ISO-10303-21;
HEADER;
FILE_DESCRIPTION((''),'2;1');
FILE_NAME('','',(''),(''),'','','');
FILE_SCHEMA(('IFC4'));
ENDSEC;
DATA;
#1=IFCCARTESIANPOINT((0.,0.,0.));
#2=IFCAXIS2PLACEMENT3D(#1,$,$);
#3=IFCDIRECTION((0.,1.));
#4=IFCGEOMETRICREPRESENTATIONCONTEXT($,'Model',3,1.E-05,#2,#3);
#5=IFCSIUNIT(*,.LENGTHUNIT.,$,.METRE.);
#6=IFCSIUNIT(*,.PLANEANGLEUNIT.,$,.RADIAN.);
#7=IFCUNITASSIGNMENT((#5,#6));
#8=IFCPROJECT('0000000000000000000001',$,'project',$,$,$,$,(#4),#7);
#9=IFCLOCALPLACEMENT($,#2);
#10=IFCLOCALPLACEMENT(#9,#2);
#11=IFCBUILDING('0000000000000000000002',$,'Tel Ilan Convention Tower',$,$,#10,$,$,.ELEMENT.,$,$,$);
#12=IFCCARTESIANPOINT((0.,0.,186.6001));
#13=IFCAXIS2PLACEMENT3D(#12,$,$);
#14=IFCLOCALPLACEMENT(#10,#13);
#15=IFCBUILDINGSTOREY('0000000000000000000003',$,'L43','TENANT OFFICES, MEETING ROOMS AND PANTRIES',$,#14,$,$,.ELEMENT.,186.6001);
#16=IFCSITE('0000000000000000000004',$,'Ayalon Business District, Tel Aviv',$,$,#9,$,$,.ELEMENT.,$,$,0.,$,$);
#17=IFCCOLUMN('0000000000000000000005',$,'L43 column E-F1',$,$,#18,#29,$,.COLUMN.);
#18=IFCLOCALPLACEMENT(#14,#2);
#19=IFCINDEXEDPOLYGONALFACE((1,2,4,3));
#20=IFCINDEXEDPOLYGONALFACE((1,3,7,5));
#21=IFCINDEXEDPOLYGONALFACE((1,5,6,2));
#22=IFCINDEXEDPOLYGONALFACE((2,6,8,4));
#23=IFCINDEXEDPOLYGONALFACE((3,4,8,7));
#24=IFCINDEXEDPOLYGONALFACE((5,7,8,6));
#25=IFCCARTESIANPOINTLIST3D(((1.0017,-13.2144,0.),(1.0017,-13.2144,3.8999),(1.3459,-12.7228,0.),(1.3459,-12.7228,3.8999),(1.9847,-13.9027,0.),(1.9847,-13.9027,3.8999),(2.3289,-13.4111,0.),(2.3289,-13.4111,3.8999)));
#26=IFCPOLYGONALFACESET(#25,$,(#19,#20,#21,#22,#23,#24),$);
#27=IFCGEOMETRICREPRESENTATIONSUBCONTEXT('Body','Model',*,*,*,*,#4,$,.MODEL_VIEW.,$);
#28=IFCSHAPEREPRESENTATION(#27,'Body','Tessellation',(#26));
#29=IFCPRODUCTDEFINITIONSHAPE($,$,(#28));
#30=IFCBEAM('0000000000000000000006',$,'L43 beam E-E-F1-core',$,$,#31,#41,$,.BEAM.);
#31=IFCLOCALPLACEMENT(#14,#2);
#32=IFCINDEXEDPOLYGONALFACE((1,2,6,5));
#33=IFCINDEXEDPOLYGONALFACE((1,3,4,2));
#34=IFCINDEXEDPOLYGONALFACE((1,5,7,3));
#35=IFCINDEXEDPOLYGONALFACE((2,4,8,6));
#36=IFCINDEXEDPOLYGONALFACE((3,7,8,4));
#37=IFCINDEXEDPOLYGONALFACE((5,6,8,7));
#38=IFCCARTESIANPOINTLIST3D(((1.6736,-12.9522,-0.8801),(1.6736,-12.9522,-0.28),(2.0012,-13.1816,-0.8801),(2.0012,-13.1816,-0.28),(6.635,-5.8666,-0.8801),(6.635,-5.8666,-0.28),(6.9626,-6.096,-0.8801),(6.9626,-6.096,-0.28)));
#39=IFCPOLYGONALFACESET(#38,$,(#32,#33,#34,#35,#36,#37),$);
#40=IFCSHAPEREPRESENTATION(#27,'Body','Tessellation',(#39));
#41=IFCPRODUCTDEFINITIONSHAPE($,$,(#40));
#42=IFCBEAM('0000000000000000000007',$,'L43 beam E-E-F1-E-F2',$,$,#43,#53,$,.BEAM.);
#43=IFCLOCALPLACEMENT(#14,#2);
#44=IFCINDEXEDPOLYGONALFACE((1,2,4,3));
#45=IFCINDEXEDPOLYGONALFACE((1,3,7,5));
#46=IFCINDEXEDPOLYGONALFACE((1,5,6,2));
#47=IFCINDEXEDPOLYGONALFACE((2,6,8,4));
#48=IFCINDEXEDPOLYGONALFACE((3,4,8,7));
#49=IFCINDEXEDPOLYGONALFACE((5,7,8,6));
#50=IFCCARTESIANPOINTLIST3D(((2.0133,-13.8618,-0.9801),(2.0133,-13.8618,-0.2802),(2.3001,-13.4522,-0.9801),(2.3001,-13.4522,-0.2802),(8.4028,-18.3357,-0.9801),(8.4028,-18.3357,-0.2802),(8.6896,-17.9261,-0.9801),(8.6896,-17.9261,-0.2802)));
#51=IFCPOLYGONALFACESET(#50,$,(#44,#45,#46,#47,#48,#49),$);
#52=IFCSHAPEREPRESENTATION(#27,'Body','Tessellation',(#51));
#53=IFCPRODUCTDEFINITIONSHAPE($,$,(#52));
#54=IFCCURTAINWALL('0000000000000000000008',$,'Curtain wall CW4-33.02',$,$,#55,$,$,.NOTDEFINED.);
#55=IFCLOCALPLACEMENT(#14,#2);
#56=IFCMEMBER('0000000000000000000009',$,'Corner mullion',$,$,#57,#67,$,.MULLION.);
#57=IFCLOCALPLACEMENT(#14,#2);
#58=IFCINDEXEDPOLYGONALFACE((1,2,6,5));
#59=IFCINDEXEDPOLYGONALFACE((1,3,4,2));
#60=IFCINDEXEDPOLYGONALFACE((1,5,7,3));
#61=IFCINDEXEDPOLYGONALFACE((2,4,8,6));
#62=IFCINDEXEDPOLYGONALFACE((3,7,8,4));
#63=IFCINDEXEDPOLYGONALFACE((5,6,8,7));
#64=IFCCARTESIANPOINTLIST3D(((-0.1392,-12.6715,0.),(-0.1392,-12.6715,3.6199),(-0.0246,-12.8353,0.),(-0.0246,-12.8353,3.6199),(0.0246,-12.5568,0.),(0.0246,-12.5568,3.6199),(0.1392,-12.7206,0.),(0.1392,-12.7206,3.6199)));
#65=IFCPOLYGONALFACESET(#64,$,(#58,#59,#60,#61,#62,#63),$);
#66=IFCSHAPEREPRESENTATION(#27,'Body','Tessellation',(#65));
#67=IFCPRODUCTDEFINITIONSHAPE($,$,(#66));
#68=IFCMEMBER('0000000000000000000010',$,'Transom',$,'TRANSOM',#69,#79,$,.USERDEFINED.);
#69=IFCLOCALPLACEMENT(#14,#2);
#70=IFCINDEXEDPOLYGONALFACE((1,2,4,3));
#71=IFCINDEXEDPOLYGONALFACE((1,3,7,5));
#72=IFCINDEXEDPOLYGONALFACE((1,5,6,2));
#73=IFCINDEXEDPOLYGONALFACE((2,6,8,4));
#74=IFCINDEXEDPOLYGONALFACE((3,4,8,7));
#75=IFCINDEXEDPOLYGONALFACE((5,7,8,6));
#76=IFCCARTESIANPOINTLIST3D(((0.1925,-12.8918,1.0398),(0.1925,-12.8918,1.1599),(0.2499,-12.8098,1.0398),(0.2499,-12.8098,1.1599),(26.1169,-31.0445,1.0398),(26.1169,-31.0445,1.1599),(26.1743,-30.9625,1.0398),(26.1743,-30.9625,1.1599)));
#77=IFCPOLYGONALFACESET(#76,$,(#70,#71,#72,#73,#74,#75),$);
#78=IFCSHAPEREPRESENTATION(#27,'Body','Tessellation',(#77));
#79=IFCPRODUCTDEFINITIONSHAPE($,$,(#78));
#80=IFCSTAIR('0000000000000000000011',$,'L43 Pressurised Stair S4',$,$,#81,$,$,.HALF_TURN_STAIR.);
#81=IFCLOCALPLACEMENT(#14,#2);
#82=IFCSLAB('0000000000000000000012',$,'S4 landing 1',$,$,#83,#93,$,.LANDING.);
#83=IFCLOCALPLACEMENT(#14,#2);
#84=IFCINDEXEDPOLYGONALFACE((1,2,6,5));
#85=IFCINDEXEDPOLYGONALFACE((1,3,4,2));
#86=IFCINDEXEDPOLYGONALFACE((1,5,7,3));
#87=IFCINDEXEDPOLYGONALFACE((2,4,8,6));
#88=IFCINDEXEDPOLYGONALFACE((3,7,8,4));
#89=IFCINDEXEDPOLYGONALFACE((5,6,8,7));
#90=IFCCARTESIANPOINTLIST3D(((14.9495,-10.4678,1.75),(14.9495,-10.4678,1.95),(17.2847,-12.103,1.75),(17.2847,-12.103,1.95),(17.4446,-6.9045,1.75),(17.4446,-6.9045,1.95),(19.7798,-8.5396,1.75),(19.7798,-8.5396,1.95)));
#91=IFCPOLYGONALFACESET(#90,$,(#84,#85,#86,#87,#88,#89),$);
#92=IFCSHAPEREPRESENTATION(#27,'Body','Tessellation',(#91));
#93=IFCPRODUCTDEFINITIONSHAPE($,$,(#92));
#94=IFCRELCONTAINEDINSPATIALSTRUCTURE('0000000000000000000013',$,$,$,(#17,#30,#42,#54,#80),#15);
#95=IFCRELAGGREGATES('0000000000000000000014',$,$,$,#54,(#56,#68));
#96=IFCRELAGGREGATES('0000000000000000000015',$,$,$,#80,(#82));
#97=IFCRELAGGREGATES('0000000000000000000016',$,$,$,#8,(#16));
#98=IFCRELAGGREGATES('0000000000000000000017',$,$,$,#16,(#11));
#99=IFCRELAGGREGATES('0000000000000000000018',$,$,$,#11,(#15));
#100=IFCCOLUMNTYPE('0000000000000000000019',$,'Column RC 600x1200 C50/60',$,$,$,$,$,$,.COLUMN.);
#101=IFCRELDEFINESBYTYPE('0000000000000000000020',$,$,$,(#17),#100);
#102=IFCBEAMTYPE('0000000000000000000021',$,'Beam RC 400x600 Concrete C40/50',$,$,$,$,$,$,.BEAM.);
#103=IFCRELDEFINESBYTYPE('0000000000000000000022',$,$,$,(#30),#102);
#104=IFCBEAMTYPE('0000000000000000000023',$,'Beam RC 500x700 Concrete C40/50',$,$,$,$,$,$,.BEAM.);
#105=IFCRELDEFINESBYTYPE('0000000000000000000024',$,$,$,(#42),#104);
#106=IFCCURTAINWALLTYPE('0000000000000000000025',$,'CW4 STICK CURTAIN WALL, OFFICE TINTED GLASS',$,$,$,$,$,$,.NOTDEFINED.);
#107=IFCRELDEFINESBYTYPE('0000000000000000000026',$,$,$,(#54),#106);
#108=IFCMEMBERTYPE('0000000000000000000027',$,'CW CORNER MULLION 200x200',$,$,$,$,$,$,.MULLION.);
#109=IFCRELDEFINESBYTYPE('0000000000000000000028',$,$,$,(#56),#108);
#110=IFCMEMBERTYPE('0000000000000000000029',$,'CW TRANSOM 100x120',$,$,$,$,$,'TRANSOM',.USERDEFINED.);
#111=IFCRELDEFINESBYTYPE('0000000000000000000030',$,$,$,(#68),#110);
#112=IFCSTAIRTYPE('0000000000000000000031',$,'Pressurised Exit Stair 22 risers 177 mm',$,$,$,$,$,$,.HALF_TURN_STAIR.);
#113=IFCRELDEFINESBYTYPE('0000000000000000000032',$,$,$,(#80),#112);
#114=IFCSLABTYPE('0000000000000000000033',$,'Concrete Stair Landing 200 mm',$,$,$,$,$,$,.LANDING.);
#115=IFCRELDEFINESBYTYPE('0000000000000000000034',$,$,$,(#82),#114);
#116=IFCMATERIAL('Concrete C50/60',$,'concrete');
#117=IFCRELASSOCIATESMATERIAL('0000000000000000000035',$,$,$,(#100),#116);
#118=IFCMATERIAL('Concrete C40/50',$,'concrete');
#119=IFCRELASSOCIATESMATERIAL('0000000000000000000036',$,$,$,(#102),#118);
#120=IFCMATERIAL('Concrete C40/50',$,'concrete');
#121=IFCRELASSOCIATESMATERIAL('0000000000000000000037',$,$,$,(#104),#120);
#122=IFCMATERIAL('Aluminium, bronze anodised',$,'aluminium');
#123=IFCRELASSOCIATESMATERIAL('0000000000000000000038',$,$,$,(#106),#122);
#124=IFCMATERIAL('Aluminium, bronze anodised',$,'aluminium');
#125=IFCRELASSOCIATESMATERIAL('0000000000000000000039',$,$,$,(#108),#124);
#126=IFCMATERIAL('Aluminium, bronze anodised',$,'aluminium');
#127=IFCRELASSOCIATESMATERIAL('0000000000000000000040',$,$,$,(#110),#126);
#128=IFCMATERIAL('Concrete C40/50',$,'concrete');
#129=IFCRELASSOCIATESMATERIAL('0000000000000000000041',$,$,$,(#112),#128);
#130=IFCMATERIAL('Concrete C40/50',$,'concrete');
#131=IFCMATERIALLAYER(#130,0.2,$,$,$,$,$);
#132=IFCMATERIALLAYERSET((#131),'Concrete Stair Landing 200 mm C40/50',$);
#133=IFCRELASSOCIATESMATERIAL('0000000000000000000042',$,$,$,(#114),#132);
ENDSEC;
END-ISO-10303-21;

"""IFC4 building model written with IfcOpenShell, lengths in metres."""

from ifc_helpers import new_model, si_unit, direction, frame, origin, origin_2d, place, context, subcontext, project, spatial, polyline, rectangle, outline, extrude, material, layer, layer_set, material_profile, profile_set, type_object, element, aggregate, save


model = new_model("IFC4")

# Units and contexts
model_context = context("Model", 3, precision=1e-05, world=origin(), true_north=direction((0.0, 1.0)))
body_context = subcontext(model_context, "Body", "Model", "MODEL_VIEW")
ifc_project = project(units=[si_unit("LENGTHUNIT", "METRE"), si_unit("PLANEANGLEUNIT", "RADIAN")], contexts=[model_context])

# Site, building, storey
site_placement = place(None, origin())
site = spatial("IfcSite", under=ifc_project, at=site_placement, Name="Ayalon Business District, Tel Aviv", CompositionType="ELEMENT", RefElevation=0.0)
building_placement = place(site_placement, origin())
building = spatial("IfcBuilding", under=site, at=building_placement, Name="Tel Ilan Convention Tower", CompositionType="ELEMENT")
storey_placement = place(building_placement, frame((0.0, 0.0, 186.6001)))
storey = spatial("IfcBuildingStorey", under=building, at=storey_placement, Name="L43", Description="TENANT OFFICES, MEETING ROOMS AND PANTRIES", CompositionType="ELEMENT", Elevation=186.6001)

# Column
ifc_material_1 = material(Name="Concrete C50/60", Category="concrete")
ifc_material_profile_1 = material_profile(ifc_material_1, rectangle(XDim=1.2, YDim=0.6001, at=origin_2d()), Name="RC 600x1200")
ifc_profile_set_1 = profile_set([ifc_material_profile_1], Name="Concrete C50/60")
column_type = type_object("IfcColumnType", Name="Column RC 600x1200 C50/60", PredefinedType="COLUMN", material=ifc_profile_set_1)
column_placement = place(storey_placement, frame((1.6653, -13.3127, 0.0), z_axis=(0.0, 0.0, 1.0), x_axis=(0.819152, -0.573576, 0.0)))
element("IfcColumn", 1, at=column_placement, inside=storey, type_object=column_type, Name="L43 column E-F1", PredefinedType="COLUMN", context=body_context, shape_type="SweptSolid", body=[
    extrude(rectangle(XDim=1.2, YDim=0.6001, at=origin_2d()), origin(), (0.0, 0.0, 1.0), 3.8999),
])

# Beams
ifc_material_2 = material(Name="Concrete C40/50", Category="concrete")
ifc_material_profile_2 = material_profile(ifc_material_2, rectangle(XDim=0.3999, YDim=0.6001, at=origin_2d()), Name="RC 400x600")
ifc_profile_set_2 = profile_set([ifc_material_profile_2], Name="Concrete C40/50")
beam_type_1 = type_object("IfcBeamType", Name="Beam RC 400x600 Concrete C40/50", PredefinedType="BEAM", material=ifc_profile_set_2)
beam_1_placement = place(storey_placement, frame((1.8374, -13.0669, -0.5801), z_axis=(0.573574, 0.819154, 0.0), x_axis=(-0.819154, 0.573574, 0.0)))
element("IfcBeam", 2, at=beam_1_placement, inside=storey, type_object=beam_type_1, Name="L43 beam E-E-F1-core", PredefinedType="BEAM", context=body_context, shape_type="SweptSolid", body=[
    extrude(rectangle(XDim=0.3999, YDim=0.6001, at=origin_2d()), origin(), (0.0, 0.0, 1.0), 8.6499),
])
ifc_material_3 = material(Name="Concrete C40/50", Category="concrete")
ifc_material_profile_3 = material_profile(ifc_material_3, rectangle(XDim=0.5, YDim=0.7, at=origin_2d()), Name="RC 500x700")
ifc_profile_set_3 = profile_set([ifc_material_profile_3], Name="Concrete C40/50")
beam_type_2 = type_object("IfcBeamType", Name="Beam RC 500x700 Concrete C40/50", PredefinedType="BEAM", material=ifc_profile_set_3)
beam_2_placement = place(storey_placement, frame((2.1567, -13.657, -0.6301), z_axis=(0.819154, -0.573574, 0.0), x_axis=(0.573574, 0.819154, 0.0)))
element("IfcBeam", 3, at=beam_2_placement, inside=storey, type_object=beam_type_2, Name="L43 beam E-E-F1-E-F2", PredefinedType="BEAM", context=body_context, shape_type="SweptSolid", body=[
    extrude(rectangle(XDim=0.5, YDim=0.7, at=origin_2d()), origin(), (0.0, 0.0, 1.0), 7.8),
])

# Curtain wall, members
ifc_material_4 = material(Name="Aluminium, bronze anodised", Category="aluminium")
curtain_wall_type = type_object("IfcCurtainWallType", Name="CW4 STICK CURTAIN WALL, OFFICE TINTED GLASS", PredefinedType="NOTDEFINED", material=ifc_material_4)
curtain_wall_placement = place(storey_placement, origin())
curtain_wall = element("IfcCurtainWall", 4, at=curtain_wall_placement, inside=storey, type_object=curtain_wall_type, Name="Curtain wall CW4-33.02", PredefinedType="NOTDEFINED")
ifc_material_5 = material(Name="Aluminium, bronze anodised", Category="aluminium")
ifc_material_profile_4 = material_profile(ifc_material_5, rectangle(XDim=0.2, YDim=0.2, at=origin_2d()), Name="CW CORNER MULLION 200x200")
ifc_profile_set_4 = profile_set([ifc_material_profile_4], Name="Aluminium, bronze anodised")
member_type_1 = type_object("IfcMemberType", Name="CW CORNER MULLION 200x200", PredefinedType="MULLION", material=ifc_profile_set_4)
member_1_placement = place(storey_placement, frame((0.0, -12.696, 0.0), z_axis=(0.0, 0.0, 1.0), x_axis=(0.819152, 0.573576, 0.0)))
member_1 = element("IfcMember", 5, at=member_1_placement, type_object=member_type_1, Name="Corner mullion", PredefinedType="MULLION", context=body_context, shape_type="SweptSolid", body=[
    extrude(rectangle(XDim=0.2, YDim=0.2, at=origin_2d()), origin(), (0.0, 0.0, 1.0), 3.6199),
])
ifc_material_6 = material(Name="Aluminium, bronze anodised", Category="aluminium")
ifc_material_profile_5 = material_profile(ifc_material_6, rectangle(XDim=0.1001, YDim=0.1201, at=origin_2d()), Name="CW TRANSOM 100x120")
ifc_profile_set_5 = profile_set([ifc_material_profile_5], Name="Aluminium, bronze anodised")
member_type_2 = type_object("IfcMemberType", Name="CW TRANSOM 100x120", ElementType="TRANSOM", PredefinedType="USERDEFINED", material=ifc_profile_set_5)
member_2_placement = place(storey_placement, frame((0.2212, -12.8508, 1.0999), z_axis=(0.819149, -0.57358, 0.0), x_axis=(0.57358, 0.819149, 0.0)))
member_2 = element("IfcMember", 6, at=member_2_placement, type_object=member_type_2, Name="Transom", ObjectType="TRANSOM", PredefinedType="USERDEFINED", context=body_context, shape_type="SweptSolid", body=[
    extrude(rectangle(XDim=0.1001, YDim=0.1201, at=origin_2d()), origin(), (0.0, 0.0, 1.0), 31.6479),
])
aggregate(curtain_wall, [member_1, member_2])

# Stair, slab
ifc_material_7 = material(Name="Concrete C40/50", Category="concrete")
stair_type = type_object("IfcStairType", Name="Pressurised Exit Stair 22 risers 177 mm", PredefinedType="HALF_TURN_STAIR", material=ifc_material_7)
stair_placement = place(storey_placement, origin())
stair = element("IfcStair", 7, at=stair_placement, inside=storey, type_object=stair_type, Name="L43 Pressurised Stair S4", PredefinedType="HALF_TURN_STAIR")
ifc_material_8 = material(Name="Concrete C40/50", Category="concrete")
ifc_layer_1 = layer(ifc_material_8, 0.2)
ifc_layer_set_1 = layer_set([ifc_layer_1], Name="Concrete Stair Landing 200 mm C40/50")
slab_type_1 = type_object("IfcSlabType", Name="Concrete Stair Landing 200 mm", PredefinedType="LANDING", material=ifc_layer_set_1)
slab_1_placement = place(storey_placement, frame((0.0, 0.0, 1.75)))
slab_1 = element("IfcSlab", 8, at=slab_1_placement, type_object=slab_type_1, Name="S4 landing 1", PredefinedType="LANDING", context=body_context, shape_type="SweptSolid", body=[
    extrude(outline(polyline([(19.7798, -8.5396), (17.4446, -6.9045), (14.9495, -10.4678), (17.2847, -12.103), (19.7798, -8.5396)])), origin(), (0.0, 0.0, 1.0), 0.2),
])
aggregate(stair, [slab_1])

save(model, "model.ifc")
